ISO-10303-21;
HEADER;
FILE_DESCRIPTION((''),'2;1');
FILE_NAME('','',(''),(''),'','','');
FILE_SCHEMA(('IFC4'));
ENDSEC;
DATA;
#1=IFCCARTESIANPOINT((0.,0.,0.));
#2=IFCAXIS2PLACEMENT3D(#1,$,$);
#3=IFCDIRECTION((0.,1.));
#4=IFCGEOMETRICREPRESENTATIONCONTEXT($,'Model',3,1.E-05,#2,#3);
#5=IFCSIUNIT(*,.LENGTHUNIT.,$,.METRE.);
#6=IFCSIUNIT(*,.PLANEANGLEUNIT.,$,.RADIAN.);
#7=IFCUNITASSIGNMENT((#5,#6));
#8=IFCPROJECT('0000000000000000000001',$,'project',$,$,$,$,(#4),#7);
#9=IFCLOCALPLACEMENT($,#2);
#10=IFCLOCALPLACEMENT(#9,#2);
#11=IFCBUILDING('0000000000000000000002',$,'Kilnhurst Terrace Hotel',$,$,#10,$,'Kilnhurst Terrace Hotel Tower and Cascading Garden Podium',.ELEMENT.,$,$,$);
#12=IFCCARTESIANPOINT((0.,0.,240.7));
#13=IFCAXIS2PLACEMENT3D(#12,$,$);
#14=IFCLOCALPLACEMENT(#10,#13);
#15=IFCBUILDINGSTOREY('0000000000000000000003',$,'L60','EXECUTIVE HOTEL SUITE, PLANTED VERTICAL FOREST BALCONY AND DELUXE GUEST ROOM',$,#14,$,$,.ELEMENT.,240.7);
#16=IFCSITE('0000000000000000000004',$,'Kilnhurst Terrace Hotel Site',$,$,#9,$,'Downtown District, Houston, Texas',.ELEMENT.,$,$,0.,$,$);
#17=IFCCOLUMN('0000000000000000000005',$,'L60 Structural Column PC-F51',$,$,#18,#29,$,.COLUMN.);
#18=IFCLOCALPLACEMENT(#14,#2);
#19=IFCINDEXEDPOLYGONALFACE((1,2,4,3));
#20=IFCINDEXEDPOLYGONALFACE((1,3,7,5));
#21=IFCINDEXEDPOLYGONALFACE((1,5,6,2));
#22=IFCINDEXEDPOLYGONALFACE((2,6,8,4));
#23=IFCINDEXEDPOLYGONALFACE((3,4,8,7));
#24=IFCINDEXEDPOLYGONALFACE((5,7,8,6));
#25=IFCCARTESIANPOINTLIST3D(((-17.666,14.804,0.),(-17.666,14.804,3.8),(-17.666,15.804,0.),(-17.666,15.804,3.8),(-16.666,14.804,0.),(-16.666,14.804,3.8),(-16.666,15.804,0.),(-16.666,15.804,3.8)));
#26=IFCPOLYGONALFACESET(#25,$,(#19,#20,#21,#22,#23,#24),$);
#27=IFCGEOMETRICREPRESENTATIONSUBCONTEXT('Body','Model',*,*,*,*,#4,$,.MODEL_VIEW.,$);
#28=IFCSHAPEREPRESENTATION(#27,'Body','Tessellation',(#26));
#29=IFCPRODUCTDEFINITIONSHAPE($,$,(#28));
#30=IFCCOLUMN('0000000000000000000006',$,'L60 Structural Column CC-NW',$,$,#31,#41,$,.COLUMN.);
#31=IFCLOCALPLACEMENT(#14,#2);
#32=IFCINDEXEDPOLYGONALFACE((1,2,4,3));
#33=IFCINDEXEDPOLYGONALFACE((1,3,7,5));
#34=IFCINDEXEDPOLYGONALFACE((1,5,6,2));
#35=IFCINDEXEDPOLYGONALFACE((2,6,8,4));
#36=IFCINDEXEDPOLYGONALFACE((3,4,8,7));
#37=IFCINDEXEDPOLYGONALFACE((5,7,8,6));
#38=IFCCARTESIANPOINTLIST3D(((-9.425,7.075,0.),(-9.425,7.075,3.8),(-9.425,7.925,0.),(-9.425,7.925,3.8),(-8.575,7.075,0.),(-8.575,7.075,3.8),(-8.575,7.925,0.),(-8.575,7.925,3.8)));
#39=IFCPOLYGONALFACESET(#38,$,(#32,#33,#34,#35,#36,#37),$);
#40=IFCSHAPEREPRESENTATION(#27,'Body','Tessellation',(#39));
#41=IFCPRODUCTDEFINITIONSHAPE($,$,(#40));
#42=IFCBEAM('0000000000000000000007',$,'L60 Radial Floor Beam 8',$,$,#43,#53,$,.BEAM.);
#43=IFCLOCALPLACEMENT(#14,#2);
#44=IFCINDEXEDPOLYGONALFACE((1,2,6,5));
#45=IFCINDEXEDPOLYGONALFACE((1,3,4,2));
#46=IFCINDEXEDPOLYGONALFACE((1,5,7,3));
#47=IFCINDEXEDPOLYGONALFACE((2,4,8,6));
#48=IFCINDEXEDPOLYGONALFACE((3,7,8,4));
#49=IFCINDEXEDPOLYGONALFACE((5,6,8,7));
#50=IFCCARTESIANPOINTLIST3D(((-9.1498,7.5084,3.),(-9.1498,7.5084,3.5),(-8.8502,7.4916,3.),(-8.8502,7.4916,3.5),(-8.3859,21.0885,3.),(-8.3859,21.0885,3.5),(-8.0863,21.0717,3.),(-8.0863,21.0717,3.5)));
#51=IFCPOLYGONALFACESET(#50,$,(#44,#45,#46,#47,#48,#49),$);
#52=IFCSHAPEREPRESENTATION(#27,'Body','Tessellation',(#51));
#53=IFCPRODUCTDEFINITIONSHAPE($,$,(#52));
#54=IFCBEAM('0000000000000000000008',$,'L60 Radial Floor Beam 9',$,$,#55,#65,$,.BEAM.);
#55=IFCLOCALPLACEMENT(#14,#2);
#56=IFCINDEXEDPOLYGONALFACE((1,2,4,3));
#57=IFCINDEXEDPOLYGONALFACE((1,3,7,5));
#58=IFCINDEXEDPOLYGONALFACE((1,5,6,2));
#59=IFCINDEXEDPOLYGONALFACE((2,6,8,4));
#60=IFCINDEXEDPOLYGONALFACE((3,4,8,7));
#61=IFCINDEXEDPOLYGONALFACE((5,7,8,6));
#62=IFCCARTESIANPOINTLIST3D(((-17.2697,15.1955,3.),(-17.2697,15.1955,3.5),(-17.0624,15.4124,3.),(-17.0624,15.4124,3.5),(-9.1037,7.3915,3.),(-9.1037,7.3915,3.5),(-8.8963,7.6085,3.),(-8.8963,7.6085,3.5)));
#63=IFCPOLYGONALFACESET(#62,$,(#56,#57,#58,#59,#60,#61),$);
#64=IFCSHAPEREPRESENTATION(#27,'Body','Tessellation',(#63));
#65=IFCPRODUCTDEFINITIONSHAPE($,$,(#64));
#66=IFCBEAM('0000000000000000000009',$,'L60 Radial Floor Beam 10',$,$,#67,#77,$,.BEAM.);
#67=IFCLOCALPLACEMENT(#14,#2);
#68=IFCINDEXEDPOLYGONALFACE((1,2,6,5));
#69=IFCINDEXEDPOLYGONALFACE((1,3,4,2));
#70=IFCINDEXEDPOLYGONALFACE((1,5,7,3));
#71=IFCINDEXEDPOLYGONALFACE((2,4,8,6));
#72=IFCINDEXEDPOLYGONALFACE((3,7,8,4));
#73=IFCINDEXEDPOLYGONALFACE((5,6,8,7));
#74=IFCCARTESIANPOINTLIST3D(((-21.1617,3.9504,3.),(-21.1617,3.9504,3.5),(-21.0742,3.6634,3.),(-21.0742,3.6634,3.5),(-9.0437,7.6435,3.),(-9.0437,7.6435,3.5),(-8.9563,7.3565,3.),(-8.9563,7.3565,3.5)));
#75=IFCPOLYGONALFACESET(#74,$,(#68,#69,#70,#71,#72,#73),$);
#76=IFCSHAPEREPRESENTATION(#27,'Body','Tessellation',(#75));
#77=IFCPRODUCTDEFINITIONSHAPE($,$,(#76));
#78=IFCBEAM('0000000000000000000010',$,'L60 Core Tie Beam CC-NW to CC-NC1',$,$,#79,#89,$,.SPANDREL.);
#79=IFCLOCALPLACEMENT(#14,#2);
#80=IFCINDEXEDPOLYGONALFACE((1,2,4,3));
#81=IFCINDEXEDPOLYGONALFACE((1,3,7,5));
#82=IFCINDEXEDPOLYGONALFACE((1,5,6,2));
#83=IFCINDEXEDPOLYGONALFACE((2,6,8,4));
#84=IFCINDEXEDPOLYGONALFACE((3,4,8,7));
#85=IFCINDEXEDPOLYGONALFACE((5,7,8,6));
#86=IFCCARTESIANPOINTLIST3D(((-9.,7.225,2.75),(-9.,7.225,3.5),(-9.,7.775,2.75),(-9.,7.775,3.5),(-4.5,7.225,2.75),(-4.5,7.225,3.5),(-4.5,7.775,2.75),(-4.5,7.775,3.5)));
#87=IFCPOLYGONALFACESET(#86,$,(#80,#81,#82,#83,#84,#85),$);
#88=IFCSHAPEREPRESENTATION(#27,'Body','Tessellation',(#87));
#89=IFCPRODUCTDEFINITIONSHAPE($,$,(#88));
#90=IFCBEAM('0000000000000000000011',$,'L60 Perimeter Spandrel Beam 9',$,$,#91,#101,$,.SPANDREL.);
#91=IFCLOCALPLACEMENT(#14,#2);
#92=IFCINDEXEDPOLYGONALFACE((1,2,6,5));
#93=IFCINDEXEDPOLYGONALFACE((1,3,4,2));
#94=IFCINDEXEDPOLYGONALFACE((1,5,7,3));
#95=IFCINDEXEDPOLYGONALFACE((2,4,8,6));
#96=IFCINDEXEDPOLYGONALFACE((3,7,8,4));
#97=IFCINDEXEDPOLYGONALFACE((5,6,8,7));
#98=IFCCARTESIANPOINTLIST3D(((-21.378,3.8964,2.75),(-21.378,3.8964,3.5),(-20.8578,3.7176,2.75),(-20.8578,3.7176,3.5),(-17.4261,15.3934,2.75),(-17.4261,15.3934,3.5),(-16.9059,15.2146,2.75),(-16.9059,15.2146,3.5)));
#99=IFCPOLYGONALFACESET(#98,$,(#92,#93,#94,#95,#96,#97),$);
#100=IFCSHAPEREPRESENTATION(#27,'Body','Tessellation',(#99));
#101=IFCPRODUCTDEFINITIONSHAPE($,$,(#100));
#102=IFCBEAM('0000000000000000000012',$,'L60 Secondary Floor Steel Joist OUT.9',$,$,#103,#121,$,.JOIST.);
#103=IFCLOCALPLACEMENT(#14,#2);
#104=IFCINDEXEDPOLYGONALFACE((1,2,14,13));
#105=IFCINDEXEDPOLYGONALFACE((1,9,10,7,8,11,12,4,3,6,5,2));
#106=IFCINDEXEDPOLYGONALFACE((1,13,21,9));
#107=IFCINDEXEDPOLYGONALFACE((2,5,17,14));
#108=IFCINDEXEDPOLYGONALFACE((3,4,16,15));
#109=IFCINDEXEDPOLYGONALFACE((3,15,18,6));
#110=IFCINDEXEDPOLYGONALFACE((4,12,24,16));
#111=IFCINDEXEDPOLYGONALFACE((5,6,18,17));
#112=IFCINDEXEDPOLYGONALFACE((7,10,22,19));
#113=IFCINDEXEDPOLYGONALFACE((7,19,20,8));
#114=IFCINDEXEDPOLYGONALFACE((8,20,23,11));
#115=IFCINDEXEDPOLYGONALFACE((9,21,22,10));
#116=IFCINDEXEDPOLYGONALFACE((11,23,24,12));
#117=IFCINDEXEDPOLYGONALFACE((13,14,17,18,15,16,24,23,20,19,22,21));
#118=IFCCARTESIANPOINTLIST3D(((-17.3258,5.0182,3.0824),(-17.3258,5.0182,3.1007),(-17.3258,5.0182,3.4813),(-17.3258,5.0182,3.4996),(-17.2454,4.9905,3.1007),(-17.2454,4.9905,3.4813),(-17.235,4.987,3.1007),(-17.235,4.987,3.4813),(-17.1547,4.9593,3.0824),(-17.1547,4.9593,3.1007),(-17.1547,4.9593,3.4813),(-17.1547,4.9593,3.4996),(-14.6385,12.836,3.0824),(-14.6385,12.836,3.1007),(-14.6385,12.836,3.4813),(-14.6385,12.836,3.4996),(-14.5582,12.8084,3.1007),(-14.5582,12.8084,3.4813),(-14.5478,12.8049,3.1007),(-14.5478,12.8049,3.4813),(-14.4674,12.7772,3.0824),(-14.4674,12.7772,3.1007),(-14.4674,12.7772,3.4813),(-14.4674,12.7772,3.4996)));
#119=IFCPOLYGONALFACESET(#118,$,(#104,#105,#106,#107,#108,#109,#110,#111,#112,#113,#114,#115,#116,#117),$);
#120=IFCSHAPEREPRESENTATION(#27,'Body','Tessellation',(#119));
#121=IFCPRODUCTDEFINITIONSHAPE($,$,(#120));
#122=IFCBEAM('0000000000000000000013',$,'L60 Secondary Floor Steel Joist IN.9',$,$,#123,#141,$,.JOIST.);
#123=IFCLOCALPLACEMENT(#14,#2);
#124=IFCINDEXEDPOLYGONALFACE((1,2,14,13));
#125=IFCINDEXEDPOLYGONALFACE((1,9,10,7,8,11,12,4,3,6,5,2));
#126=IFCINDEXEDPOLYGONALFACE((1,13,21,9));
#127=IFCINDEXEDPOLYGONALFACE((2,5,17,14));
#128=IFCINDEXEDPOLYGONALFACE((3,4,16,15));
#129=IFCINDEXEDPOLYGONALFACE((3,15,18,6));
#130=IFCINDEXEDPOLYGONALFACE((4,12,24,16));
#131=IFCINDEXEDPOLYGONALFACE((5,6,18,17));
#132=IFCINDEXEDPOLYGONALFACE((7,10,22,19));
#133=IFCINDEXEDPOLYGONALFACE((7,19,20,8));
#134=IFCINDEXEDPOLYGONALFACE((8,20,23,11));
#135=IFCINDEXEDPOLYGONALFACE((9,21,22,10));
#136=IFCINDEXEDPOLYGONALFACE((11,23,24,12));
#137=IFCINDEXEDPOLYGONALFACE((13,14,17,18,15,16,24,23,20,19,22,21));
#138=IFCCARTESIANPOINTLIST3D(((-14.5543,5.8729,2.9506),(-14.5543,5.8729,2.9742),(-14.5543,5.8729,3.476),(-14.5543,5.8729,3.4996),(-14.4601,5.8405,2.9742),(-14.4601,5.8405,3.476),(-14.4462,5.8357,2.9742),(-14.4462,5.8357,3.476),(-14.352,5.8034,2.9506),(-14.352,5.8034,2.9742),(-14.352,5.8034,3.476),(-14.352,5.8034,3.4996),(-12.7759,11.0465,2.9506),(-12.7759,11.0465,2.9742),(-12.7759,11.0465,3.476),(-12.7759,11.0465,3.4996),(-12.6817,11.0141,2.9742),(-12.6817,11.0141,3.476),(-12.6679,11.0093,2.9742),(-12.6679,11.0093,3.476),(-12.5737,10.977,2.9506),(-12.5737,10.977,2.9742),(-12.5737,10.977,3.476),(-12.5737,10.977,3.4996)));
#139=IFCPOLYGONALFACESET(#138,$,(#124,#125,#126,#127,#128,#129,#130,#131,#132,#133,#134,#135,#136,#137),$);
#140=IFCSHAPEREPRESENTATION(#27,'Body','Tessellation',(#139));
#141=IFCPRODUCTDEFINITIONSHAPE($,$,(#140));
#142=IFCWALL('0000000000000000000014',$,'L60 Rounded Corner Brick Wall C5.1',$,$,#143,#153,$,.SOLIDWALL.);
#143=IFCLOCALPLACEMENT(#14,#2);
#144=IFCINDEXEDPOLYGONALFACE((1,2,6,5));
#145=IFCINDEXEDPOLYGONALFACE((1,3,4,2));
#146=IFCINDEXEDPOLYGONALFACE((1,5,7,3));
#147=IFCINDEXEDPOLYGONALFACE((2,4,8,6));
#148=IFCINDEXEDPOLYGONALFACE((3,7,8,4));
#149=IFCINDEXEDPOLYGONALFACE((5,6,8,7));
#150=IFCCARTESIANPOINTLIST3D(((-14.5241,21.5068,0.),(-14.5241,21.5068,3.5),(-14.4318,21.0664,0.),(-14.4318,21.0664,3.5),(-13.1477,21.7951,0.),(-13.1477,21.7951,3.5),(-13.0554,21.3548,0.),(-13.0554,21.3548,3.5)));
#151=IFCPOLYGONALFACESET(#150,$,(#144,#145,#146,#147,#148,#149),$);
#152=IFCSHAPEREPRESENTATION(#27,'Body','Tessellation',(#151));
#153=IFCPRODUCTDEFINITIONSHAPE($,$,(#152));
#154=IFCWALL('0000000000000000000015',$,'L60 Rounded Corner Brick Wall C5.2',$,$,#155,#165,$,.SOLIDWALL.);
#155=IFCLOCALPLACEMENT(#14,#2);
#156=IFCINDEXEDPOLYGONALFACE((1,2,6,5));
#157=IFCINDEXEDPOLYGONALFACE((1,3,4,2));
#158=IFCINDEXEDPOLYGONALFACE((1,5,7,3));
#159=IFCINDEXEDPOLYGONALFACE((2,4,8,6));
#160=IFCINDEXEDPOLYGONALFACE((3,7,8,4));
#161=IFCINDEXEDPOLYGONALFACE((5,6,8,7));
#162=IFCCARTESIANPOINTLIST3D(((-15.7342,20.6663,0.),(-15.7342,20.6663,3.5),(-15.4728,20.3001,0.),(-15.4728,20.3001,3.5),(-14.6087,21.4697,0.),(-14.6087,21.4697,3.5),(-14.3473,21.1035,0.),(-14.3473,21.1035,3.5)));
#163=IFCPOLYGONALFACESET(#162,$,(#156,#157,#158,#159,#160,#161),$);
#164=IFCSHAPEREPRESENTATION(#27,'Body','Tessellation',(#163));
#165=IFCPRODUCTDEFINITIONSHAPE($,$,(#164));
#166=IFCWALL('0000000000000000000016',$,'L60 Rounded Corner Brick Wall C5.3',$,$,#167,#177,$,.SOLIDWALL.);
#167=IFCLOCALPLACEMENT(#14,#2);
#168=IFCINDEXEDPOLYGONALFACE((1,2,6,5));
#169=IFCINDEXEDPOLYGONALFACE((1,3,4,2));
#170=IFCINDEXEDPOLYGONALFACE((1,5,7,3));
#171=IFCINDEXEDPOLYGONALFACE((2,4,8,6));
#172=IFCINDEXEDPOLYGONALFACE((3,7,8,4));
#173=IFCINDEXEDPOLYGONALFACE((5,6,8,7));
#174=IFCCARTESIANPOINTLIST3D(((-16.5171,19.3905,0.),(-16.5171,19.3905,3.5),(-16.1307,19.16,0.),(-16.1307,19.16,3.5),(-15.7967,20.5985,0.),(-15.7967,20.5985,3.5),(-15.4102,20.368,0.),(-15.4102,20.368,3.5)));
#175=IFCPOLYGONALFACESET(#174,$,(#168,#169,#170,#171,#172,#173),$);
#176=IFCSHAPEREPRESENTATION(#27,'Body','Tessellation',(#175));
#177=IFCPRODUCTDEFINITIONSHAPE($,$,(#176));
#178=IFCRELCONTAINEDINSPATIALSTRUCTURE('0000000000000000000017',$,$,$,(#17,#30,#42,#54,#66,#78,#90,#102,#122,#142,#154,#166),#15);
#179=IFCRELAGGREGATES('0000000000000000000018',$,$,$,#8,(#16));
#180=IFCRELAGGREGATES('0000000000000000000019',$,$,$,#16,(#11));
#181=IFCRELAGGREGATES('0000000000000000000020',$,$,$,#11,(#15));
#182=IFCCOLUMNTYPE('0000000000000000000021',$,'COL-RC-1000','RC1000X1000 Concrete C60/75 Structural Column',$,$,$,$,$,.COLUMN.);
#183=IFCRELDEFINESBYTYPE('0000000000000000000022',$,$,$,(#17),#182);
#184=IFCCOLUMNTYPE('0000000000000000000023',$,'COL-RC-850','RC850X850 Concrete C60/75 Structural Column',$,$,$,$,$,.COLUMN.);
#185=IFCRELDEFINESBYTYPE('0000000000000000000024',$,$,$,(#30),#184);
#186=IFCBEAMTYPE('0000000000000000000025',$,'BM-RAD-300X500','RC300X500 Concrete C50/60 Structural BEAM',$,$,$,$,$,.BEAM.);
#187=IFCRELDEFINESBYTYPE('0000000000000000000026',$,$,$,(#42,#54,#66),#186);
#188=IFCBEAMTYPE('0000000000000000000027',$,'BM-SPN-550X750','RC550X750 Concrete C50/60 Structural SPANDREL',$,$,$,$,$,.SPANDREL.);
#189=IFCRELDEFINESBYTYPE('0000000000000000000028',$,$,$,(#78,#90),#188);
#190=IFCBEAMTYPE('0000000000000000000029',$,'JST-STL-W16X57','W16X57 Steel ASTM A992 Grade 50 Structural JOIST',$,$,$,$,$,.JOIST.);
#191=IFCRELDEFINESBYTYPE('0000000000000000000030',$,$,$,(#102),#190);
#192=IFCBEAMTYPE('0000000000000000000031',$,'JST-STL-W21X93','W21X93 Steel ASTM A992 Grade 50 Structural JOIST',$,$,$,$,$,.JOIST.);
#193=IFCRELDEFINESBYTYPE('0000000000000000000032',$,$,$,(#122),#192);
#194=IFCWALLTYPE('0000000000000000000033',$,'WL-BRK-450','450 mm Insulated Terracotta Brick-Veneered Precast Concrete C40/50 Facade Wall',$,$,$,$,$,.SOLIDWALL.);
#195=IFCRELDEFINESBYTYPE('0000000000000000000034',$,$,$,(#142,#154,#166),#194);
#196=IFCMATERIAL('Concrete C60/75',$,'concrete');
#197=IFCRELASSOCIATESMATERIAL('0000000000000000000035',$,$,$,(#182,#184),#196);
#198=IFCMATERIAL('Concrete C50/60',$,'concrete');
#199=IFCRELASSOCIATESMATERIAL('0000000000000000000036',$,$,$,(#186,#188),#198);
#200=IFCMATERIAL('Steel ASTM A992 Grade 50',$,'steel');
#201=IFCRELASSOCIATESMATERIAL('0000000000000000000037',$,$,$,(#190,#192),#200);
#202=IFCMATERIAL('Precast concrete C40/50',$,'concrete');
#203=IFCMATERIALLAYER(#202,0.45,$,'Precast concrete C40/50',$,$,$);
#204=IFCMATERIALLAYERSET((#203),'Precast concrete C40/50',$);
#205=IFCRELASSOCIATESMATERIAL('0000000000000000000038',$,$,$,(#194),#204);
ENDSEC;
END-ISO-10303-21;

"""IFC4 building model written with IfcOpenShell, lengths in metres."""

from ifc_helpers import new_model, si_unit, direction, frame, frame_2d, origin, origin_2d, place, context, subcontext, project, spatial, rectangle, i_section, extrude, material, layer, layer_set, material_profile, profile_set, type_object, element, save


model = new_model("IFC4")

# Units and contexts
model_context = context("Model", 3, precision=1e-05, world=origin(), true_north=direction((0.0, 1.0)))
body_context = subcontext(model_context, "Body", "Model", "MODEL_VIEW")
ifc_project = project(units=[si_unit("LENGTHUNIT", "METRE"), si_unit("PLANEANGLEUNIT", "RADIAN")], contexts=[model_context])

# Site, building, storey
site_placement = place(None, origin())
site = spatial("IfcSite", under=ifc_project, at=site_placement, Name="Kilnhurst Terrace Hotel Site", LongName="Downtown District, Houston, Texas", CompositionType="ELEMENT", RefElevation=0.0)
building_placement = place(site_placement, origin())
building = spatial("IfcBuilding", under=site, at=building_placement, Name="Kilnhurst Terrace Hotel", LongName="Kilnhurst Terrace Hotel Tower and Cascading Garden Podium", CompositionType="ELEMENT")
storey_placement = place(building_placement, frame((0.0, 0.0, 240.7)))
storey = spatial("IfcBuildingStorey", under=building, at=storey_placement, Name="L60", Description="EXECUTIVE HOTEL SUITE, PLANTED VERTICAL FOREST BALCONY AND DELUXE GUEST ROOM", CompositionType="ELEMENT", Elevation=240.7)

# Columns
ifc_material_1 = material(Name="Concrete C60/75", Category="concrete")
ifc_material_profile_1 = material_profile(ifc_material_1, rectangle(XDim=1.0, YDim=1.0, at=origin_2d()), Name="RC1000X1000")
ifc_profile_set_1 = profile_set([ifc_material_profile_1], Name="Concrete C60/75")
column_type_1 = type_object("IfcColumnType", Name="COL-RC-1000", Description="RC1000X1000 Concrete C60/75 Structural Column", PredefinedType="COLUMN", material=ifc_profile_set_1)
column_1_placement = place(storey_placement, frame((-17.166, 15.304, 0.0), z_axis=(0.0, 0.0, 1.0), x_axis=(1.0, 0.0, 0.0)))
element("IfcColumn", 1, at=column_1_placement, inside=storey, type_object=column_type_1, Name="L60 Structural Column PC-F51", PredefinedType="COLUMN", context=body_context, shape_type="SweptSolid", body=[
    extrude(rectangle(XDim=1.0, YDim=1.0, at=origin_2d()), origin(), (0.0, 0.0, 1.0), 3.8),
])
ifc_material_profile_2 = material_profile(ifc_material_1, rectangle(XDim=0.8501, YDim=0.8501, at=origin_2d()), Name="RC850X850")
ifc_profile_set_2 = profile_set([ifc_material_profile_2], Name="Concrete C60/75")
column_type_2 = type_object("IfcColumnType", Name="COL-RC-850", Description="RC850X850 Concrete C60/75 Structural Column", PredefinedType="COLUMN", material=ifc_profile_set_2)
column_2_placement = place(storey_placement, frame((-9.0, 7.5, 0.0), z_axis=(0.0, 0.0, 1.0), x_axis=(1.0, 0.0, 0.0)))
element("IfcColumn", 2, at=column_2_placement, inside=storey, type_object=column_type_2, Name="L60 Structural Column CC-NW", PredefinedType="COLUMN", context=body_context, shape_type="SweptSolid", body=[
    extrude(rectangle(XDim=0.8501, YDim=0.8501, at=origin_2d()), origin(), (0.0, 0.0, 1.0), 3.8),
])

# Beams
ifc_material_2 = material(Name="Concrete C50/60", Category="concrete")
ifc_material_profile_3 = material_profile(ifc_material_2, rectangle(XDim=0.3, YDim=0.5, at=origin_2d()), Name="RC300X500")
ifc_profile_set_3 = profile_set([ifc_material_profile_3], Name="Concrete C50/60")
beam_type_1 = type_object("IfcBeamType", Name="BM-RAD-300X500", Description="RC300X500 Concrete C50/60 Structural BEAM", PredefinedType="BEAM", material=ifc_profile_set_3)
beam_1_placement = place(storey_placement, frame((-9.0, 7.5, 3.25), z_axis=(0.056164, 0.998422, 0.0), x_axis=(-0.998422, 0.056164, 0.0)))
element("IfcBeam", 3, at=beam_1_placement, inside=storey, type_object=beam_type_1, Name="L60 Radial Floor Beam 8", PredefinedType="BEAM", context=body_context, shape_type="SweptSolid", body=[
    extrude(rectangle(XDim=0.3, YDim=0.5, at=origin_2d()), origin(), (0.0, 0.0, 1.0), 13.6016),
])
beam_2_placement = place(storey_placement, frame((-9.0, 7.5, 3.25), z_axis=(-0.722952, 0.690898, 0.0), x_axis=(-0.690898, -0.722952, 0.0)))
element("IfcBeam", 4, at=beam_2_placement, inside=storey, type_object=beam_type_1, Name="L60 Radial Floor Beam 9", PredefinedType="BEAM", context=body_context, shape_type="SweptSolid", body=[
    extrude(rectangle(XDim=0.3, YDim=0.5, at=origin_2d()), origin(), (0.0, 0.0, 1.0), 11.2954),
])
beam_3_placement = place(storey_placement, frame((-9.0, 7.5, 3.25), z_axis=(-0.956563, -0.291527, 0.0), x_axis=(0.291527, -0.956563, 0.0)))
element("IfcBeam", 5, at=beam_3_placement, inside=storey, type_object=beam_type_1, Name="L60 Radial Floor Beam 10", PredefinedType="BEAM", context=body_context, shape_type="SweptSolid", body=[
    extrude(rectangle(XDim=0.3, YDim=0.5, at=origin_2d()), origin(), (0.0, 0.0, 1.0), 12.6682),
])
ifc_material_profile_4 = material_profile(ifc_material_2, rectangle(XDim=0.55, YDim=0.75, at=origin_2d()), Name="RC550X750")
ifc_profile_set_4 = profile_set([ifc_material_profile_4], Name="Concrete C50/60")
beam_type_2 = type_object("IfcBeamType", Name="BM-SPN-550X750", Description="RC550X750 Concrete C50/60 Structural SPANDREL", PredefinedType="SPANDREL", material=ifc_profile_set_4)
beam_4_placement = place(storey_placement, frame((-9.0, 7.5, 3.125), z_axis=(1.0, 0.0, 0.0), x_axis=(0.0, 1.0, 0.0)))
element("IfcBeam", 6, at=beam_4_placement, inside=storey, type_object=beam_type_2, Name="L60 Core Tie Beam CC-NW to CC-NC1", PredefinedType="SPANDREL", context=body_context, shape_type="SweptSolid", body=[
    extrude(rectangle(XDim=0.55, YDim=0.75, at=origin_2d()), origin(), (0.0, 0.0, 1.0), 4.5),
])
beam_5_placement = place(storey_placement, frame((-17.166, 15.304, 3.125), z_axis=(-0.325064, -0.945692, 0.0), x_axis=(0.945692, -0.325064, 0.0)))
element("IfcBeam", 7, at=beam_5_placement, inside=storey, type_object=beam_type_2, Name="L60 Perimeter Spandrel Beam 9", PredefinedType="SPANDREL", context=body_context, shape_type="SweptSolid", body=[
    extrude(rectangle(XDim=0.55, YDim=0.75, at=origin_2d()), origin(), (0.0, 0.0, 1.0), 12.1572),
])
ifc_material_3 = material(Name="Steel ASTM A992 Grade 50", Category="steel")
ifc_material_profile_5 = material_profile(ifc_material_3, i_section(OverallWidth=0.1809, OverallDepth=0.4172, WebThickness=0.011, FlangeThickness=0.0183, at=origin_2d()), Name="W16X57")
ifc_profile_set_5 = profile_set([ifc_material_profile_5], Name="Steel ASTM A992 Grade 50")
beam_type_3 = type_object("IfcBeamType", Name="JST-STL-W16X57", Description="W16X57 Steel ASTM A992 Grade 50 Structural JOIST", PredefinedType="JOIST", material=ifc_profile_set_5)
beam_6_placement = place(storey_placement, frame((-14.553, 12.8066, 3.291), z_axis=(-0.325065, -0.945692, 0.0), x_axis=(0.945692, -0.325065, 0.0)))
element("IfcBeam", 8, at=beam_6_placement, inside=storey, type_object=beam_type_3, Name="L60 Secondary Floor Steel Joist OUT.9", PredefinedType="JOIST", context=body_context, shape_type="SweptSolid", body=[
    extrude(i_section(OverallWidth=0.1809, OverallDepth=0.4172, WebThickness=0.011, FlangeThickness=0.0183, at=origin_2d()), origin(), (0.0, 0.0, 1.0), 8.2668),
])
ifc_material_profile_6 = material_profile(ifc_material_3, i_section(OverallWidth=0.2139, OverallDepth=0.5491, WebThickness=0.0146, FlangeThickness=0.0237, at=origin_2d()), Name="W21X93")
ifc_profile_set_6 = profile_set([ifc_material_profile_6], Name="Steel ASTM A992 Grade 50")
beam_type_4 = type_object("IfcBeamType", Name="JST-STL-W21X93", Description="W21X93 Steel ASTM A992 Grade 50 Structural JOIST", PredefinedType="JOIST", material=ifc_profile_set_6)
beam_7_placement = place(storey_placement, frame((-12.6748, 11.0117, 3.2251), z_axis=(-0.325064, -0.945692, 0.0), x_axis=(0.945692, -0.325064, 0.0)))
element("IfcBeam", 9, at=beam_7_placement, inside=storey, type_object=beam_type_4, Name="L60 Secondary Floor Steel Joist IN.9", PredefinedType="JOIST", context=body_context, shape_type="SweptSolid", body=[
    extrude(i_section(OverallWidth=0.2139, OverallDepth=0.5491, WebThickness=0.0146, FlangeThickness=0.0237, at=origin_2d()), origin(), (0.0, 0.0, 1.0), 5.4707),
])

# Walls
ifc_material_4 = material(Name="Precast concrete C40/50", Category="concrete")
ifc_layer_1 = layer(ifc_material_4, 0.45, Name="Precast concrete C40/50")
ifc_layer_set_1 = layer_set([ifc_layer_1], Name="Precast concrete C40/50")
wall_type_1 = type_object("IfcWallType", Name="WL-BRK-450", Description="450 mm Insulated Terracotta Brick-Veneered Precast Concrete C40/50 Facade Wall", PredefinedType="SOLIDWALL", material=ifc_layer_set_1)
wall_1_placement = place(storey_placement, frame((-13.1016, 21.575, 0.0), z_axis=(0.0, 0.0, 1.0), x_axis=(-0.978757, -0.205022, 0.0)))
element("IfcWall", 10, at=wall_1_placement, inside=storey, type_object=wall_type_1, Name="L60 Rounded Corner Brick Wall C5.1", PredefinedType="SOLIDWALL", context=body_context, shape_type="SweptSolid", body=[
    extrude(rectangle(XDim=1.4062, YDim=0.45, at=frame_2d((0.7031, 0.0))), origin(), (0.0, 0.0, 1.0), 3.5),
])
wall_2_placement = place(storey_placement, frame((-14.478, 21.2866, 0.0), z_axis=(0.0, 0.0, 1.0), x_axis=(-0.813889, -0.581021, 0.0)))
element("IfcWall", 11, at=wall_2_placement, inside=storey, type_object=wall_type_1, Name="L60 Rounded Corner Brick Wall C5.2", PredefinedType="SOLIDWALL", context=body_context, shape_type="SweptSolid", body=[
    extrude(rectangle(XDim=1.3828, YDim=0.45, at=frame_2d((0.6914, 0.0))), origin(), (0.0, 0.0, 1.0), 3.5),
])
wall_3_placement = place(storey_placement, frame((-15.6035, 20.4832, 0.0), z_axis=(0.0, 0.0, 1.0), x_axis=(-0.512222, -0.858853, 0.0)))
element("IfcWall", 12, at=wall_3_placement, inside=storey, type_object=wall_type_1, Name="L60 Rounded Corner Brick Wall C5.3", PredefinedType="SOLIDWALL", context=body_context, shape_type="SweptSolid", body=[
    extrude(rectangle(XDim=1.4065, YDim=0.45, at=frame_2d((0.7031, 0.0))), origin(), (0.0, 0.0, 1.0), 3.5),
])

save(model, "model.ifc")
